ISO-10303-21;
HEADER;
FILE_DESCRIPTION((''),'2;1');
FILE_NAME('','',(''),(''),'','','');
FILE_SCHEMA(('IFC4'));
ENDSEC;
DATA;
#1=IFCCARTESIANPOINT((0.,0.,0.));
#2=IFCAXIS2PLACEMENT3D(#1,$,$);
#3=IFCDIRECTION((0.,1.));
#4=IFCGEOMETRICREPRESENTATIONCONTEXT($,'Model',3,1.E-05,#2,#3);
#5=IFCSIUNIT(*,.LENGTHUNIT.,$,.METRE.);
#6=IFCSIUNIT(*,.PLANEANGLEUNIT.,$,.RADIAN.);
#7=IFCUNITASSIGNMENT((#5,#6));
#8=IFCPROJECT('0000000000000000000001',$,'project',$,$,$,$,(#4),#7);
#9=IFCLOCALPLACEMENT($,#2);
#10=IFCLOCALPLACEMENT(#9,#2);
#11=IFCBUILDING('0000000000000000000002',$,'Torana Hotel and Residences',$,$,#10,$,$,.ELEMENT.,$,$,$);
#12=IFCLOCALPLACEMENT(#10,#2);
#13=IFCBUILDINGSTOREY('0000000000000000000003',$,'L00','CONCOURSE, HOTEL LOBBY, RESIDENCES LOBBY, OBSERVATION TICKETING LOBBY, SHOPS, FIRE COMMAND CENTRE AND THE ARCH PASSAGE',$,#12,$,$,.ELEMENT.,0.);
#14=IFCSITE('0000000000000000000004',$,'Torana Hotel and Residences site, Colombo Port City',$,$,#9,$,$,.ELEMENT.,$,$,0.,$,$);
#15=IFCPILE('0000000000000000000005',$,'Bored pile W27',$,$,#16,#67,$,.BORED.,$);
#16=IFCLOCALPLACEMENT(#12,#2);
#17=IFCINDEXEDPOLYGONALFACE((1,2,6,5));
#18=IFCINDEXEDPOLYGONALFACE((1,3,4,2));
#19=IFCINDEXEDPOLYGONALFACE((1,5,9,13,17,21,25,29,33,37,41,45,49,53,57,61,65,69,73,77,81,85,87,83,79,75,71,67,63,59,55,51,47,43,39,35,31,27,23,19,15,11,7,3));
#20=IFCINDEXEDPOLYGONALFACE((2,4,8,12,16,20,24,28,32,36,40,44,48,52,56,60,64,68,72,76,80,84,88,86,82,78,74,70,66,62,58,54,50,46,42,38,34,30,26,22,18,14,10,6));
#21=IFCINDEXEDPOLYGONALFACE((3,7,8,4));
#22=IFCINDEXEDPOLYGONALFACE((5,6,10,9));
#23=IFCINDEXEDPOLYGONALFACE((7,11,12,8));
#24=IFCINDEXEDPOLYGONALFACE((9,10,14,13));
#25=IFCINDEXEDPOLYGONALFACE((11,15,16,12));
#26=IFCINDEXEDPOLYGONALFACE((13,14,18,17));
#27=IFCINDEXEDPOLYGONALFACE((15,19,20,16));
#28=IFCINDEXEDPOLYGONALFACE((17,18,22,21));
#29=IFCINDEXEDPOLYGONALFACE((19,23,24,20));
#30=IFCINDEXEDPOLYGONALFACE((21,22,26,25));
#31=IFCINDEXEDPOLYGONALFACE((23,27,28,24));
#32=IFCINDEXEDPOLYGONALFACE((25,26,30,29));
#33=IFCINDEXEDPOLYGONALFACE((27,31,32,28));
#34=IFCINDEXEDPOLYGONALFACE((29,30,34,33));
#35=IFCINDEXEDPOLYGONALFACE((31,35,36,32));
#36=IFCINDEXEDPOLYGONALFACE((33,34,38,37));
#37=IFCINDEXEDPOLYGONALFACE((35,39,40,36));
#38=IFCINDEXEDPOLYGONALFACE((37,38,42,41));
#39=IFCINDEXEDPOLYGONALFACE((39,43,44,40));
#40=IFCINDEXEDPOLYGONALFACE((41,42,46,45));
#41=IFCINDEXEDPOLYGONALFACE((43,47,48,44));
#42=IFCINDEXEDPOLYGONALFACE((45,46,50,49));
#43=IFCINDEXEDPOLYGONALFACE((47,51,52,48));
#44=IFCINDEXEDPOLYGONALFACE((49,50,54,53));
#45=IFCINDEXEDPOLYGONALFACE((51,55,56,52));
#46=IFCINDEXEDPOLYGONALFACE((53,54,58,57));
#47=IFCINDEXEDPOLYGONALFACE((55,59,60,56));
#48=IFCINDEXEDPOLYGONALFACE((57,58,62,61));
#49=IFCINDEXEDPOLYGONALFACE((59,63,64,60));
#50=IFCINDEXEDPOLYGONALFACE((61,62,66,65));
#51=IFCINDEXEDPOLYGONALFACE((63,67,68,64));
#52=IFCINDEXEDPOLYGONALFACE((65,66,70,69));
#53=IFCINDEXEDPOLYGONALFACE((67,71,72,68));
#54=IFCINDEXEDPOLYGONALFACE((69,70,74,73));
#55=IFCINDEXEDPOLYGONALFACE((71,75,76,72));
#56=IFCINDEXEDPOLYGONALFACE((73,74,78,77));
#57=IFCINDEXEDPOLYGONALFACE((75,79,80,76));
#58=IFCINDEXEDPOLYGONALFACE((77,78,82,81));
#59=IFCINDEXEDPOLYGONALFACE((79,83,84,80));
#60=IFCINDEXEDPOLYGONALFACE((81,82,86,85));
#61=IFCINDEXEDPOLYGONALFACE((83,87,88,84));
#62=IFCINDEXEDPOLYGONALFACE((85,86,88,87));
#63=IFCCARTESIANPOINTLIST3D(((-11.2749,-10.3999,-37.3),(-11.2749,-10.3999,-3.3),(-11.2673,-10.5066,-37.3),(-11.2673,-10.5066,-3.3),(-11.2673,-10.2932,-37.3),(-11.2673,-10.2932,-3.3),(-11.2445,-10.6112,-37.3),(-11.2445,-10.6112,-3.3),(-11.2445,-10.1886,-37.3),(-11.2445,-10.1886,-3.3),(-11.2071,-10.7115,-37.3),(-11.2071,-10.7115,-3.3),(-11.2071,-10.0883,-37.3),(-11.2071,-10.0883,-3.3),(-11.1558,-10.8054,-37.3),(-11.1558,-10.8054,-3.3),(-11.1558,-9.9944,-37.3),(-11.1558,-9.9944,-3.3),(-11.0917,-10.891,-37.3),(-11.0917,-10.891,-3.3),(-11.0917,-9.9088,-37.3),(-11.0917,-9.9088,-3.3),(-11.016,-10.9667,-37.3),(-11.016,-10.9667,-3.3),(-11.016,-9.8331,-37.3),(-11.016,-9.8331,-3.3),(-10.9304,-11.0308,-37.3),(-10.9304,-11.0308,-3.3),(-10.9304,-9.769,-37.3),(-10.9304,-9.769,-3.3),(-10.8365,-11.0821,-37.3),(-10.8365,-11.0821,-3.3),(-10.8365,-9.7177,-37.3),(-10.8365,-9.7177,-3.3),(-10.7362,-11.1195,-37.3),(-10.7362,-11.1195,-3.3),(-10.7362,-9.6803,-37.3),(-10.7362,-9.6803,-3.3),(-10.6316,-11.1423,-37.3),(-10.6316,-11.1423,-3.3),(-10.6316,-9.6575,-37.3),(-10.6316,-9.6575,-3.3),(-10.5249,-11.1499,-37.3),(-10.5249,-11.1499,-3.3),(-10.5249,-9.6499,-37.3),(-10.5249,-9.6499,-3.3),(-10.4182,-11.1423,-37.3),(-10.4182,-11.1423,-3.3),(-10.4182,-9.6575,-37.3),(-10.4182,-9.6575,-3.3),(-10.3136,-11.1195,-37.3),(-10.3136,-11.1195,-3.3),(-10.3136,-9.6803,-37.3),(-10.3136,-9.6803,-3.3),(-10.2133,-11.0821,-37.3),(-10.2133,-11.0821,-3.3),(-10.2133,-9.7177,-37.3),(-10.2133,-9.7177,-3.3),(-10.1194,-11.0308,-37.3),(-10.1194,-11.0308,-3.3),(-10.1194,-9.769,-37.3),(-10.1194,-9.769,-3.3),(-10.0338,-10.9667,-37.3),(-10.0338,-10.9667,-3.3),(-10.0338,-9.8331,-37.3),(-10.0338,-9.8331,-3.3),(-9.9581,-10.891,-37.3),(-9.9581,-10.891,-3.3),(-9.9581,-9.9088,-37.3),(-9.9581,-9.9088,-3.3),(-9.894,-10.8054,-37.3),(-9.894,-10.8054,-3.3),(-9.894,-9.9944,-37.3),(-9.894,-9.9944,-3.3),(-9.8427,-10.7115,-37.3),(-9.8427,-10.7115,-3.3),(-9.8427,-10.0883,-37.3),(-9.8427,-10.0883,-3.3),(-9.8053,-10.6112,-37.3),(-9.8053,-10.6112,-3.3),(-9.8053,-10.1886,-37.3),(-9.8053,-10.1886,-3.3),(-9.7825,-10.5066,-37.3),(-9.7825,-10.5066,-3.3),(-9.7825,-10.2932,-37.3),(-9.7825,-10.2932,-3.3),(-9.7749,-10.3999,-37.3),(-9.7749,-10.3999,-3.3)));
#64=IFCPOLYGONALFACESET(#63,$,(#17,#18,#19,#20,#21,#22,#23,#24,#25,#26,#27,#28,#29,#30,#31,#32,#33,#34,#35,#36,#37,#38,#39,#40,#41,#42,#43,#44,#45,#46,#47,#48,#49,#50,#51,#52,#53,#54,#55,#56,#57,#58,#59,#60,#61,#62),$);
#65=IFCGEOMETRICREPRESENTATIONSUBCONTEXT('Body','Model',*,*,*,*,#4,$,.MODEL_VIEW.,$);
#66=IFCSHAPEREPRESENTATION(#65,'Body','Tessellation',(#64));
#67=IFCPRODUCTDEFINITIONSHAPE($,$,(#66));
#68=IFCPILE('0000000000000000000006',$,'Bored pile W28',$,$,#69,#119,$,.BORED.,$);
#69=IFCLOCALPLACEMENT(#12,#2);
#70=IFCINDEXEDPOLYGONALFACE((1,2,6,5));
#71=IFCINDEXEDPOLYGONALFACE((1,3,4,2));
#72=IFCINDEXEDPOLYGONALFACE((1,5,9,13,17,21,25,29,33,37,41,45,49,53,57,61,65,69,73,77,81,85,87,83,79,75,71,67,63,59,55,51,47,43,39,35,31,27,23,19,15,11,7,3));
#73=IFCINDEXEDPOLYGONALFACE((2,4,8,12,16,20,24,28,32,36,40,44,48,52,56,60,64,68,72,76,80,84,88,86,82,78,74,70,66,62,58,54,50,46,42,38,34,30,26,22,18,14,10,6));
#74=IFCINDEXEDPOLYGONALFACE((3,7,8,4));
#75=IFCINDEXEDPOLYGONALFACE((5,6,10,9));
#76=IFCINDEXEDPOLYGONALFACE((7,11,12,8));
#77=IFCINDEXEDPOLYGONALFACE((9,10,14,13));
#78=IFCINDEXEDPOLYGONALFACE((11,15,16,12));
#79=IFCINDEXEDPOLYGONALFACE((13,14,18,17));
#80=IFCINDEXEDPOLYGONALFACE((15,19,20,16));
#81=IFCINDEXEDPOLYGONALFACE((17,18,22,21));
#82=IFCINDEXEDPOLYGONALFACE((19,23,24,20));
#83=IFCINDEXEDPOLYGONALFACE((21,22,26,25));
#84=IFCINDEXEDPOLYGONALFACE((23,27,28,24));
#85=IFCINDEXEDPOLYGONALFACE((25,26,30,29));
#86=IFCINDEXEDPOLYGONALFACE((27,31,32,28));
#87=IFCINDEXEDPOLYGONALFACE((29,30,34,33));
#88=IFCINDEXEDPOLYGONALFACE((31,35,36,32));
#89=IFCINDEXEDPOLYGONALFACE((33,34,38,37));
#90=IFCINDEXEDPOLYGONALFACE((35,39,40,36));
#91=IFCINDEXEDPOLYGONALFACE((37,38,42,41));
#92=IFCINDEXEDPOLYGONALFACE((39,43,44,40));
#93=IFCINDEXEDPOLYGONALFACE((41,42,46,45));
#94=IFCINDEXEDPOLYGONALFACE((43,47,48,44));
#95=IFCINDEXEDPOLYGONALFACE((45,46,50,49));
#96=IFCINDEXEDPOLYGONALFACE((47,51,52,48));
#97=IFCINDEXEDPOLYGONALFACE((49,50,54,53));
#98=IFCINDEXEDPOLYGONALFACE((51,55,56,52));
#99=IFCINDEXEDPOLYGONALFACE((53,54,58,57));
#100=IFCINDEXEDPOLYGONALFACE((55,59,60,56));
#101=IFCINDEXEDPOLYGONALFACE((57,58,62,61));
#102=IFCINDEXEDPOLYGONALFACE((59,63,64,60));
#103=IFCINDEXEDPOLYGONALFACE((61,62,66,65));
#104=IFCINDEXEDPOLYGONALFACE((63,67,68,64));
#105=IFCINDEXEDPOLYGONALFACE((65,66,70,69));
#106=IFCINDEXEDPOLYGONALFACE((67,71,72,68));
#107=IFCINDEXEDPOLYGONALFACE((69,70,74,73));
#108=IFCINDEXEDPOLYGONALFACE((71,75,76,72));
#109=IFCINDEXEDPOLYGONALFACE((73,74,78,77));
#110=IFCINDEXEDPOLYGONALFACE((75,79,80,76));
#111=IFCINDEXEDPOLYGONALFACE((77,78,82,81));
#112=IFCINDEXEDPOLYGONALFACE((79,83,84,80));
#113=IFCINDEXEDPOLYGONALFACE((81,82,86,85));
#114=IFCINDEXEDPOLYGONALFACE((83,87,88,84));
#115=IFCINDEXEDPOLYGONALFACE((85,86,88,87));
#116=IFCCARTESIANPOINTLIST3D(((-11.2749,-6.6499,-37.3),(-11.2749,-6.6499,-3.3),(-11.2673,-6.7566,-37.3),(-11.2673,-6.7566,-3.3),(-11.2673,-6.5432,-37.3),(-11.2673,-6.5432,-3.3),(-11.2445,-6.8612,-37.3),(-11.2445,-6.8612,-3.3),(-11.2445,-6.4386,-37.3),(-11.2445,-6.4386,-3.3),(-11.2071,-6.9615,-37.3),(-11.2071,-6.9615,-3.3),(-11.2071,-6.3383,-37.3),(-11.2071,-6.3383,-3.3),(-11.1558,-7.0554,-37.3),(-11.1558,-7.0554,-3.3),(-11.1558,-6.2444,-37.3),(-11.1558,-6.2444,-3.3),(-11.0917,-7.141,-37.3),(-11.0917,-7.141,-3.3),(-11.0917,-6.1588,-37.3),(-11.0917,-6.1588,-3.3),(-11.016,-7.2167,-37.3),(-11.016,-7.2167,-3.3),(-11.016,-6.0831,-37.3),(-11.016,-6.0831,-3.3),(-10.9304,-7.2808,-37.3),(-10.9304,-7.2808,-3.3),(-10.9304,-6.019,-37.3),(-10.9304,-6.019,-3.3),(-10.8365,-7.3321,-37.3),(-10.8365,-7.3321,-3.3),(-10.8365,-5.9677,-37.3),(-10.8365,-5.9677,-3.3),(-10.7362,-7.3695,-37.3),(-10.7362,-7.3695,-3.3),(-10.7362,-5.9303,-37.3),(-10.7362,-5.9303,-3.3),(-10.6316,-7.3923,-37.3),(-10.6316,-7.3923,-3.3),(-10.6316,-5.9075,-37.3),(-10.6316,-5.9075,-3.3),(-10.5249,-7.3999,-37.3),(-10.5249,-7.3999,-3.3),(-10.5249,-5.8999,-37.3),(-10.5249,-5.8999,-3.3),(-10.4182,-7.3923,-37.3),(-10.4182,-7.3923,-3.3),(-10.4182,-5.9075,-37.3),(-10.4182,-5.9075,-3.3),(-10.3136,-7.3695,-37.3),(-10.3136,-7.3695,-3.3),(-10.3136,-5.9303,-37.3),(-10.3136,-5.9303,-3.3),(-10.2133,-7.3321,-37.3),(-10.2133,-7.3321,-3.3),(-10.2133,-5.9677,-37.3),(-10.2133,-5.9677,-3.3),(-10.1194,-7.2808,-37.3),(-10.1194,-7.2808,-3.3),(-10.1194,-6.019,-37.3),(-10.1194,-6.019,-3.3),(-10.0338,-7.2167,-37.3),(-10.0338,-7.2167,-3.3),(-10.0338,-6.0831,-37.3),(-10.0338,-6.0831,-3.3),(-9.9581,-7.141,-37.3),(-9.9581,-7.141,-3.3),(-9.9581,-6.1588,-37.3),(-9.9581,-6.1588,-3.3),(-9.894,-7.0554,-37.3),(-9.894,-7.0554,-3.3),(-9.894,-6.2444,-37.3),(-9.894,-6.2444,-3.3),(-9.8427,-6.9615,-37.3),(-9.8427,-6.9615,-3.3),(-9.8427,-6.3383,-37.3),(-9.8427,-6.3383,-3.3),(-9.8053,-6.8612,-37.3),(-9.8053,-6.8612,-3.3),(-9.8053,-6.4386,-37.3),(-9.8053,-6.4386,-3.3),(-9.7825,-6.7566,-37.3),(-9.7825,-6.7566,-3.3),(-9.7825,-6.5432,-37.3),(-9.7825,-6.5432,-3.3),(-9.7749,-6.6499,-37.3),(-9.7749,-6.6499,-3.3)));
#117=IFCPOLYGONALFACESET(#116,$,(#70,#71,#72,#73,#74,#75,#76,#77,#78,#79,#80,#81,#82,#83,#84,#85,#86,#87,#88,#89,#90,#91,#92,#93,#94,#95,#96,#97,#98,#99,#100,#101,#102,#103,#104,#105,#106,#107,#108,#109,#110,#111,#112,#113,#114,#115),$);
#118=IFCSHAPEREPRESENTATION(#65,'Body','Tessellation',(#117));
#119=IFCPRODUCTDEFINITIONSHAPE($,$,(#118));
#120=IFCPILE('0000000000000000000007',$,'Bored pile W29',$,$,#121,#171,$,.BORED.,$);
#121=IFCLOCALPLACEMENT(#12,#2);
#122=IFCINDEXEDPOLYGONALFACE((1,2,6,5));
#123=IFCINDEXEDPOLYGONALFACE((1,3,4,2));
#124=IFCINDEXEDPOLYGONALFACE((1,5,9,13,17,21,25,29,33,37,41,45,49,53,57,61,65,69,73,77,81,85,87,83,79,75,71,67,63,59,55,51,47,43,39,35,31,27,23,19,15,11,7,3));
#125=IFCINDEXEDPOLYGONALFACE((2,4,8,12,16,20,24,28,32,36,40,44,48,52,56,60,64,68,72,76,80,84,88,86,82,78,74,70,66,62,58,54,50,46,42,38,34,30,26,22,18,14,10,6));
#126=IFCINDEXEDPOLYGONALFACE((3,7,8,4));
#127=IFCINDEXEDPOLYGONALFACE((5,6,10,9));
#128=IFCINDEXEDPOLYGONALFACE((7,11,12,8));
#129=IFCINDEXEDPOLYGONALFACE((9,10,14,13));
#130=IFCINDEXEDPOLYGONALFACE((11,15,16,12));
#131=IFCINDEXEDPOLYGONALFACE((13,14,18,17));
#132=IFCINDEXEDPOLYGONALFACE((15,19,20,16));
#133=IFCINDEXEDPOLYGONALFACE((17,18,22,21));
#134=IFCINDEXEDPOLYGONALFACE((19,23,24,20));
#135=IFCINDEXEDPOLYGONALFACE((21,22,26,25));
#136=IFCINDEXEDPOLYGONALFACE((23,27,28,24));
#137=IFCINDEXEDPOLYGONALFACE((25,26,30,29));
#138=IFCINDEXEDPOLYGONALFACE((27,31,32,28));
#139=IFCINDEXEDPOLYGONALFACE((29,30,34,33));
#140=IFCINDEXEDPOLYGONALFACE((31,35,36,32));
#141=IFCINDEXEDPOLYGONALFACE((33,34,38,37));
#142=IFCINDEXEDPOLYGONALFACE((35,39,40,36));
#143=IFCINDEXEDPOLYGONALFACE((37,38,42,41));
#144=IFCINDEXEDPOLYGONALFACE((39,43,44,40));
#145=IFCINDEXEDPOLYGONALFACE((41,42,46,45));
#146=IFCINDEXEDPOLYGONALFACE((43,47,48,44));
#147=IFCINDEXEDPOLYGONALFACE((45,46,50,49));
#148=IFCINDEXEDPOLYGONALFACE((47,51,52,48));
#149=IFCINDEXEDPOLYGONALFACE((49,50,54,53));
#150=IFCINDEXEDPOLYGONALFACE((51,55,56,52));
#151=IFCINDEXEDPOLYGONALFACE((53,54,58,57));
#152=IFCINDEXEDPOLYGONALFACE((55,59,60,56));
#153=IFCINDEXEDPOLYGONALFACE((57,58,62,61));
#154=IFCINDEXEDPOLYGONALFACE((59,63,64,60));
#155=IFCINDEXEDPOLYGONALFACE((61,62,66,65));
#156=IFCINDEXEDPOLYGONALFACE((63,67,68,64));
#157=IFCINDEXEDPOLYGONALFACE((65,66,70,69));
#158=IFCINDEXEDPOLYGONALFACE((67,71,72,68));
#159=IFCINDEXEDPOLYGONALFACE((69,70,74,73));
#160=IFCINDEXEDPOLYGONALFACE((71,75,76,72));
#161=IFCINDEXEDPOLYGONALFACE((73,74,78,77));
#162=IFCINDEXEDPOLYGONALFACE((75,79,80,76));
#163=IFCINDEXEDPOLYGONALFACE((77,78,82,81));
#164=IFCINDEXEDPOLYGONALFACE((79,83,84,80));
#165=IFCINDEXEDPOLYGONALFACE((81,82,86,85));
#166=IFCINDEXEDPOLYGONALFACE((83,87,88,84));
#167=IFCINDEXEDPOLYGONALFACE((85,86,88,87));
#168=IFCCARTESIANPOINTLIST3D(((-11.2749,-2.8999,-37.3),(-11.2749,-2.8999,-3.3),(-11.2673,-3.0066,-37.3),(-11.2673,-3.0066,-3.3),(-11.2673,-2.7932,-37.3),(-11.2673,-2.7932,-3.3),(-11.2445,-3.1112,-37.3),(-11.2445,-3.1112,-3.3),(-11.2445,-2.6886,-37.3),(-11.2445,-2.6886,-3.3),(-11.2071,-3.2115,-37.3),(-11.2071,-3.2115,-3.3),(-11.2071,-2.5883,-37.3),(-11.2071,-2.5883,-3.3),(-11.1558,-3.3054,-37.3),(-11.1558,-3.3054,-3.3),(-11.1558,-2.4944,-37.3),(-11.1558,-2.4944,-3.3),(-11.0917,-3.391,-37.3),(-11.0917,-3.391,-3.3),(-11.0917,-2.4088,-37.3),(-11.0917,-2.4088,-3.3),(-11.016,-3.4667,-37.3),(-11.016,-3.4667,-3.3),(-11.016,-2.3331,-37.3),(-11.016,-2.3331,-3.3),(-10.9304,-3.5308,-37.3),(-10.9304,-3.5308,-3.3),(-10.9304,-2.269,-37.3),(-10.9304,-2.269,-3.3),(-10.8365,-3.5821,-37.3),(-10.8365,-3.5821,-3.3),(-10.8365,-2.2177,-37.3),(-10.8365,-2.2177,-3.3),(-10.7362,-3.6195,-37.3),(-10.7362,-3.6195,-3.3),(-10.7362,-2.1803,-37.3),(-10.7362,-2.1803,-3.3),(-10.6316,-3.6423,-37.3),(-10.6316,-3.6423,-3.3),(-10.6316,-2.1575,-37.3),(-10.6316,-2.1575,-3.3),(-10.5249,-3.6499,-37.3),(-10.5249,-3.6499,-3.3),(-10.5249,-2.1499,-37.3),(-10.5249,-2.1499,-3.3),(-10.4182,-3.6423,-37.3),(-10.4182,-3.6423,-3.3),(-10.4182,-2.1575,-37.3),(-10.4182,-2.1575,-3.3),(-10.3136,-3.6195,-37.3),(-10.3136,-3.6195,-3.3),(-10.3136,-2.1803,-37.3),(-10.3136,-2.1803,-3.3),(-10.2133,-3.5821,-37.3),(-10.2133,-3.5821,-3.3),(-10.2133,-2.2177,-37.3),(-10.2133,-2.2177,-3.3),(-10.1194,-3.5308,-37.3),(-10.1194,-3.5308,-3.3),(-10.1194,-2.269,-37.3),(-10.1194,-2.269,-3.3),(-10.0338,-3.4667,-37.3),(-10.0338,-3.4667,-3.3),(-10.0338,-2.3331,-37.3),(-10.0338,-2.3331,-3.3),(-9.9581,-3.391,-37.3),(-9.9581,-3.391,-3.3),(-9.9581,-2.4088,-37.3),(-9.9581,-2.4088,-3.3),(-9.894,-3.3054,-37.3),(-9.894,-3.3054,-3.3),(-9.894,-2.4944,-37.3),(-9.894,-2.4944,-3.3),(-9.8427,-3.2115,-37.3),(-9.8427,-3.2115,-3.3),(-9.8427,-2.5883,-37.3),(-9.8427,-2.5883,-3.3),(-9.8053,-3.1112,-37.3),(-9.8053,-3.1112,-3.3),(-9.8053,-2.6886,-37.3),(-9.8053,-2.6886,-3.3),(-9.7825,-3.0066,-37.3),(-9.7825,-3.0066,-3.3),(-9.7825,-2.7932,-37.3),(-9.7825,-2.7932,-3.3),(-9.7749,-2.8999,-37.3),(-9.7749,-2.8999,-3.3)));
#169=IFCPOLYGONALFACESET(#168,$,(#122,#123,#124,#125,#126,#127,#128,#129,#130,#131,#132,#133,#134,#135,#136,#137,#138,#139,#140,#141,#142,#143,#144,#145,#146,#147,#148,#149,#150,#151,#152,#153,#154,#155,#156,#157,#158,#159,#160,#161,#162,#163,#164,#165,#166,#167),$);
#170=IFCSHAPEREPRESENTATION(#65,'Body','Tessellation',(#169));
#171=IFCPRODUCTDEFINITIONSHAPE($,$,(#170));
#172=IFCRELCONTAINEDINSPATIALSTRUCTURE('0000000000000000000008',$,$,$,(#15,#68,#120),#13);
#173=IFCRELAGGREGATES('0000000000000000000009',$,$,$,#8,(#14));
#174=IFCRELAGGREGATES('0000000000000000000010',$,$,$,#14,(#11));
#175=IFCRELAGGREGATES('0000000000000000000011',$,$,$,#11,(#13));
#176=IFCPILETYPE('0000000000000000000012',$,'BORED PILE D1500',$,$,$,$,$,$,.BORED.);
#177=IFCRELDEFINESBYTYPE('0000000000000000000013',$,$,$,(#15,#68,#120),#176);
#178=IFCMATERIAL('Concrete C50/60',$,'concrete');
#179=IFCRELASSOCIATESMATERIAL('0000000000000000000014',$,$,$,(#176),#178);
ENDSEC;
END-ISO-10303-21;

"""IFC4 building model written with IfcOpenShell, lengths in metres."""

from ifc_helpers import new_model, si_unit, direction, frame, origin, origin_2d, place, context, subcontext, project, spatial, circle, extrude, material, type_object, element, save


model = new_model("IFC4")

# Units and contexts
model_context = context("Model", 3, precision=1e-05, world=origin(), true_north=direction((0.0, 1.0)))
body_context = subcontext(model_context, "Body", "Model", "MODEL_VIEW")
ifc_project = project(units=[si_unit("LENGTHUNIT", "METRE"), si_unit("PLANEANGLEUNIT", "RADIAN")], contexts=[model_context])

# Site, building, storey
site_placement = place(None, origin())
site = spatial("IfcSite", under=ifc_project, at=site_placement, Name="Torana Hotel and Residences site, Colombo Port City", CompositionType="ELEMENT", RefElevation=0.0)
building_placement = place(site_placement, origin())
building = spatial("IfcBuilding", under=site, at=building_placement, Name="Torana Hotel and Residences", CompositionType="ELEMENT")
storey_placement = place(building_placement, origin())
storey = spatial("IfcBuildingStorey", under=building, at=storey_placement, Name="L00", Description="CONCOURSE, HOTEL LOBBY, RESIDENCES LOBBY, OBSERVATION TICKETING LOBBY, SHOPS, FIRE COMMAND CENTRE AND THE ARCH PASSAGE", CompositionType="ELEMENT", Elevation=0.0)

# Piles
ifc_material_1 = material(Name="Concrete C50/60", Category="concrete")
pile_type = type_object("IfcPileType", Name="BORED PILE D1500", PredefinedType="BORED", material=ifc_material_1)
for number, where, z_axis, x_axis, name in (
    (1, (-10.5249, -10.3999, -3.3), (0.0, 0.0, -1.0), (1.0, 0.0, 0.0), "Bored pile W27"),
    (2, (-10.5249, -6.6499, -3.3), (0.0, 0.0, -1.0), (1.0, 0.0, 0.0), "Bored pile W28"),
    (3, (-10.5249, -2.8999, -3.3), (0.0, 0.0, -1.0), (1.0, 0.0, 0.0), "Bored pile W29"),
):
    element("IfcPile", number, at=place(storey_placement, frame(where, z_axis=z_axis, x_axis=x_axis)), inside=storey, type_object=pile_type, Name=name, PredefinedType="BORED", context=body_context, shape_type="SweptSolid", body=[
        extrude(circle(Radius=0.75, at=origin_2d()), origin(), (0.0, 0.0, 1.0), 34.0),
    ])

save(model, "model.ifc")
